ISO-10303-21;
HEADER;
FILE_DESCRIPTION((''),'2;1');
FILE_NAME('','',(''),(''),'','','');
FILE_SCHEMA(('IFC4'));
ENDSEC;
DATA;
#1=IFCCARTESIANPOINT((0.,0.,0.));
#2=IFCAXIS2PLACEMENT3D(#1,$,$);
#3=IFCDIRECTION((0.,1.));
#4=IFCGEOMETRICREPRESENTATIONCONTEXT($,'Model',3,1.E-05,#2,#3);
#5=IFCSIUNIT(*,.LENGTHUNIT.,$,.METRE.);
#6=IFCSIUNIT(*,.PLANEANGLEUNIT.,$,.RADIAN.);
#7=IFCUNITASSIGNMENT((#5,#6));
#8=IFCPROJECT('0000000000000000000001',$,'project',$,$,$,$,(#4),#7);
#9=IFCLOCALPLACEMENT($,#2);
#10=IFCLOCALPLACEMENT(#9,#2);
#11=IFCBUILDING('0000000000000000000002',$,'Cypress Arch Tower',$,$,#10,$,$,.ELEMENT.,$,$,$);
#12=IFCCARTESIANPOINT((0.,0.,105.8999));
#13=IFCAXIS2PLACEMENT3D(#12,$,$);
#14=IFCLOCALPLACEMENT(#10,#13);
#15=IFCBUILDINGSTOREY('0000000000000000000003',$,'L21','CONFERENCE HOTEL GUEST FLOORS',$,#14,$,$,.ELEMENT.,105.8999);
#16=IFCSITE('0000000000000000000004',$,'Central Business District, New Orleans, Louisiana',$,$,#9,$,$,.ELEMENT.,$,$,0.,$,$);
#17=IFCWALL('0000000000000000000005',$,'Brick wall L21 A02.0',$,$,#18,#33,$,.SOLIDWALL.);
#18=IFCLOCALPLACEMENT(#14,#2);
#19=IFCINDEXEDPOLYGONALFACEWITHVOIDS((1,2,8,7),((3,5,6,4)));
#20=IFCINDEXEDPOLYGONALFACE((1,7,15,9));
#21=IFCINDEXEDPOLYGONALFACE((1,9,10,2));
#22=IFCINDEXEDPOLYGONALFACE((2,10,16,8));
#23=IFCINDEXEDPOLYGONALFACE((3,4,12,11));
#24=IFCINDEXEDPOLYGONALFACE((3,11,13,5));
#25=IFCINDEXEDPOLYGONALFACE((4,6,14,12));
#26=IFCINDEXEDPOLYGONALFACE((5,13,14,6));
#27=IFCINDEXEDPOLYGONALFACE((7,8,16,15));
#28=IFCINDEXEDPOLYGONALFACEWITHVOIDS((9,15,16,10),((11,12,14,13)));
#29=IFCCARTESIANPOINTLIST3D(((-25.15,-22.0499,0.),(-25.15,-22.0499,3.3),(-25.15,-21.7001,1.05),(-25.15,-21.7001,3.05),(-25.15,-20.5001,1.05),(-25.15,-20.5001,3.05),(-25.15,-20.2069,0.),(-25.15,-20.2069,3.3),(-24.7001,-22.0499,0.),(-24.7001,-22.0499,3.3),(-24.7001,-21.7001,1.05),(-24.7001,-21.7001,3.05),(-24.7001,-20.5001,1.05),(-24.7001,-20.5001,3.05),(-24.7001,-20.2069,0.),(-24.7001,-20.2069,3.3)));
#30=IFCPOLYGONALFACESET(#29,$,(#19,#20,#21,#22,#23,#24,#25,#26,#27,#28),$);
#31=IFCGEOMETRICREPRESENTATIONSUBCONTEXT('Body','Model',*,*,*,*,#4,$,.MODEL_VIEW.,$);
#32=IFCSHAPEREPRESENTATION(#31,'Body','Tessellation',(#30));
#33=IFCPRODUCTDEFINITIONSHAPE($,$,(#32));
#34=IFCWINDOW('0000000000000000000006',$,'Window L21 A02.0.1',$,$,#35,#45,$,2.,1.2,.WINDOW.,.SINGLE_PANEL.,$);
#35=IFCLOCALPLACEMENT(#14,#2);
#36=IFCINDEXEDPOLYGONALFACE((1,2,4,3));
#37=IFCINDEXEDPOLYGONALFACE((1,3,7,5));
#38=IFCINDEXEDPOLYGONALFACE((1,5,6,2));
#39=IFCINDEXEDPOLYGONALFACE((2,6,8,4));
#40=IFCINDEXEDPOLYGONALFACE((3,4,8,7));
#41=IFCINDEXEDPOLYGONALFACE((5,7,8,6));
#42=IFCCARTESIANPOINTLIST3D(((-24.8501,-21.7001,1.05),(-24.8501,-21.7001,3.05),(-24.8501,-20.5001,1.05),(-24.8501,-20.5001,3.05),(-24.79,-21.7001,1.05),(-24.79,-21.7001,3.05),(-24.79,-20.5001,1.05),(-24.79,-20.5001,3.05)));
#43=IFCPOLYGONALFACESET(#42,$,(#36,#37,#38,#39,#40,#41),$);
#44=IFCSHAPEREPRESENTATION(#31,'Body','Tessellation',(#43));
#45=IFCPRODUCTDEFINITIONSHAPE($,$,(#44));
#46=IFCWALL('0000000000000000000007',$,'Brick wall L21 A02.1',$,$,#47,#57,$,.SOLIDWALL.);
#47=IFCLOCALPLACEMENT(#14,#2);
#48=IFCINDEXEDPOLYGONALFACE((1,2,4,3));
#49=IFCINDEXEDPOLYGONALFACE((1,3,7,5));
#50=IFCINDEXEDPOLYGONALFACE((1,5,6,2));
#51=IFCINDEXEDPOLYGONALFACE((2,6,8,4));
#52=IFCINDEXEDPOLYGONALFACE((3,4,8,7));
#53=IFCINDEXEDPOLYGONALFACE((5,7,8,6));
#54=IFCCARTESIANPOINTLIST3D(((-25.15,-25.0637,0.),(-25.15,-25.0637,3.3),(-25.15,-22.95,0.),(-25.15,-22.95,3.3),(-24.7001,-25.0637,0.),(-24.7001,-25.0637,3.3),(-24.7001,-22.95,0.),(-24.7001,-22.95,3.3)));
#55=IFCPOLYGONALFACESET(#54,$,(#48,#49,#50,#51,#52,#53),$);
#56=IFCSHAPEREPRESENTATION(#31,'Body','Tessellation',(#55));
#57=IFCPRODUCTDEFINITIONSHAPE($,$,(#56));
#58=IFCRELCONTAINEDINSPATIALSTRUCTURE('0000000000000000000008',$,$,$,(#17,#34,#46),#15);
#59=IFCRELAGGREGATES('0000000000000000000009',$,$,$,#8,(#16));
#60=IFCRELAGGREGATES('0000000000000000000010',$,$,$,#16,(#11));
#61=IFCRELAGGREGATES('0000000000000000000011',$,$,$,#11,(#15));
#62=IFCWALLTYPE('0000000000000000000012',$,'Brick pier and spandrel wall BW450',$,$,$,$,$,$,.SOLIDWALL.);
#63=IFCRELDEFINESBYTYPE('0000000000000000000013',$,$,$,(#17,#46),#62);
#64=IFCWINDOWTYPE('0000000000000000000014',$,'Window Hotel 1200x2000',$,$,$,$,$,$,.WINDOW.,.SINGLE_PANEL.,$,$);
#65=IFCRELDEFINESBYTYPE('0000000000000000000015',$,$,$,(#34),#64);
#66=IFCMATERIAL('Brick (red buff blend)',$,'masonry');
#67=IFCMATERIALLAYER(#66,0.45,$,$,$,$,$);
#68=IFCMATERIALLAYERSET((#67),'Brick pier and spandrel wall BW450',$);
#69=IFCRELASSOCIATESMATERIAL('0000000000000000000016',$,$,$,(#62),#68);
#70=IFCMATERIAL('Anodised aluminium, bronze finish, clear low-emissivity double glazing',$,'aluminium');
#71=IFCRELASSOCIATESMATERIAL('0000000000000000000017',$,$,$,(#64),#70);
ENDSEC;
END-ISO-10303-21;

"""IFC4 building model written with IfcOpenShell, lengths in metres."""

from ifc_helpers import new_model, si_unit, direction, frame, frame_2d, origin, place, context, subcontext, project, spatial, rectangle, extrude, material, layer, layer_set, type_object, element, fill, save


model = new_model("IFC4")

# Units and contexts
model_context = context("Model", 3, precision=1e-05, world=origin(), true_north=direction((0.0, 1.0)))
body_context = subcontext(model_context, "Body", "Model", "MODEL_VIEW")
ifc_project = project(units=[si_unit("LENGTHUNIT", "METRE"), si_unit("PLANEANGLEUNIT", "RADIAN")], contexts=[model_context])

# Site, building, storey
site_placement = place(None, origin())
site = spatial("IfcSite", under=ifc_project, at=site_placement, Name="Central Business District, New Orleans, Louisiana", CompositionType="ELEMENT", RefElevation=0.0)
building_placement = place(site_placement, origin())
building = spatial("IfcBuilding", under=site, at=building_placement, Name="Cypress Arch Tower", CompositionType="ELEMENT")
storey_placement = place(building_placement, frame((0.0, 0.0, 105.8999)))
storey = spatial("IfcBuildingStorey", under=building, at=storey_placement, Name="L21", Description="CONFERENCE HOTEL GUEST FLOORS", CompositionType="ELEMENT", Elevation=105.8999)

# Wall, opening, window
ifc_material_1 = material(Name="Brick (red buff blend)", Category="masonry")
ifc_layer_1 = layer(ifc_material_1, 0.45)
ifc_layer_set_1 = layer_set([ifc_layer_1], Name="Brick pier and spandrel wall BW450")
wall_type_1 = type_object("IfcWallType", Name="Brick pier and spandrel wall BW450", PredefinedType="SOLIDWALL", material=ifc_layer_set_1)
wall_1_placement = place(storey_placement, frame((-24.925, -20.207, 0.0), z_axis=(0.0, 0.0, 1.0), x_axis=(0.0, -1.0, 0.0)))
wall_1 = element("IfcWall", 1, at=wall_1_placement, inside=storey, type_object=wall_type_1, Name="Brick wall L21 A02.0", PredefinedType="SOLIDWALL", context=body_context, shape_type="SweptSolid", body=[
    extrude(rectangle(XDim=1.843, YDim=0.45, at=frame_2d((0.9214, 0.0))), origin(), (0.0, 0.0, 1.0), 3.3),
])
opening_1_placement = place(wall_1_placement, frame((0.293, 0.0, 1.05)))
opening_1 = element("IfcOpeningElement", 2, at=opening_1_placement, cuts=wall_1, PredefinedType="OPENING", context=body_context, shape_type="SweptSolid", body=[
    extrude(rectangle(XDim=1.2, YDim=2.0, at=frame_2d((0.6001, 1.0))), frame((0.0, 0.2349, 0.0), z_axis=(0.0, -1.0, 0.0), x_axis=(1.0, 0.0, 0.0)), (0.0, 0.0, 1.0), 0.47),
])
ifc_material_2 = material(Name="Anodised aluminium, bronze finish, clear low-emissivity double glazing", Category="aluminium")
window_type_1 = type_object("IfcWindowType", Name="Window Hotel 1200x2000", PartitioningType="SINGLE_PANEL", PredefinedType="WINDOW", material=ifc_material_2)
window_1_placement = place(opening_1_placement, origin())
window_1 = element("IfcWindow", 3, at=window_1_placement, inside=storey, type_object=window_type_1, Name="Window L21 A02.0.1", OverallHeight=2.0, OverallWidth=1.2, PartitioningType="SINGLE_PANEL", PredefinedType="WINDOW", context=body_context, shape_type="SweptSolid", body=[
    extrude(rectangle(XDim=1.2, YDim=2.0, at=frame_2d((0.6001, 1.0))), frame((0.0, 0.135, 0.0), z_axis=(0.0, -1.0, 0.0), x_axis=(1.0, 0.0, 0.0)), (0.0, 0.0, 1.0), 0.0601),
])
fill(opening_1, window_1)

# Wall
wall_2_placement = place(storey_placement, frame((-24.925, -22.95, 0.0), z_axis=(0.0, 0.0, 1.0), x_axis=(0.0, -1.0, 0.0)))
element("IfcWall", 4, at=wall_2_placement, inside=storey, type_object=wall_type_1, Name="Brick wall L21 A02.1", PredefinedType="SOLIDWALL", context=body_context, shape_type="SweptSolid", body=[
    extrude(rectangle(XDim=2.1138, YDim=0.45, at=frame_2d((1.0569, 0.0))), origin(), (0.0, 0.0, 1.0), 3.3),
])

save(model, "model.ifc")
